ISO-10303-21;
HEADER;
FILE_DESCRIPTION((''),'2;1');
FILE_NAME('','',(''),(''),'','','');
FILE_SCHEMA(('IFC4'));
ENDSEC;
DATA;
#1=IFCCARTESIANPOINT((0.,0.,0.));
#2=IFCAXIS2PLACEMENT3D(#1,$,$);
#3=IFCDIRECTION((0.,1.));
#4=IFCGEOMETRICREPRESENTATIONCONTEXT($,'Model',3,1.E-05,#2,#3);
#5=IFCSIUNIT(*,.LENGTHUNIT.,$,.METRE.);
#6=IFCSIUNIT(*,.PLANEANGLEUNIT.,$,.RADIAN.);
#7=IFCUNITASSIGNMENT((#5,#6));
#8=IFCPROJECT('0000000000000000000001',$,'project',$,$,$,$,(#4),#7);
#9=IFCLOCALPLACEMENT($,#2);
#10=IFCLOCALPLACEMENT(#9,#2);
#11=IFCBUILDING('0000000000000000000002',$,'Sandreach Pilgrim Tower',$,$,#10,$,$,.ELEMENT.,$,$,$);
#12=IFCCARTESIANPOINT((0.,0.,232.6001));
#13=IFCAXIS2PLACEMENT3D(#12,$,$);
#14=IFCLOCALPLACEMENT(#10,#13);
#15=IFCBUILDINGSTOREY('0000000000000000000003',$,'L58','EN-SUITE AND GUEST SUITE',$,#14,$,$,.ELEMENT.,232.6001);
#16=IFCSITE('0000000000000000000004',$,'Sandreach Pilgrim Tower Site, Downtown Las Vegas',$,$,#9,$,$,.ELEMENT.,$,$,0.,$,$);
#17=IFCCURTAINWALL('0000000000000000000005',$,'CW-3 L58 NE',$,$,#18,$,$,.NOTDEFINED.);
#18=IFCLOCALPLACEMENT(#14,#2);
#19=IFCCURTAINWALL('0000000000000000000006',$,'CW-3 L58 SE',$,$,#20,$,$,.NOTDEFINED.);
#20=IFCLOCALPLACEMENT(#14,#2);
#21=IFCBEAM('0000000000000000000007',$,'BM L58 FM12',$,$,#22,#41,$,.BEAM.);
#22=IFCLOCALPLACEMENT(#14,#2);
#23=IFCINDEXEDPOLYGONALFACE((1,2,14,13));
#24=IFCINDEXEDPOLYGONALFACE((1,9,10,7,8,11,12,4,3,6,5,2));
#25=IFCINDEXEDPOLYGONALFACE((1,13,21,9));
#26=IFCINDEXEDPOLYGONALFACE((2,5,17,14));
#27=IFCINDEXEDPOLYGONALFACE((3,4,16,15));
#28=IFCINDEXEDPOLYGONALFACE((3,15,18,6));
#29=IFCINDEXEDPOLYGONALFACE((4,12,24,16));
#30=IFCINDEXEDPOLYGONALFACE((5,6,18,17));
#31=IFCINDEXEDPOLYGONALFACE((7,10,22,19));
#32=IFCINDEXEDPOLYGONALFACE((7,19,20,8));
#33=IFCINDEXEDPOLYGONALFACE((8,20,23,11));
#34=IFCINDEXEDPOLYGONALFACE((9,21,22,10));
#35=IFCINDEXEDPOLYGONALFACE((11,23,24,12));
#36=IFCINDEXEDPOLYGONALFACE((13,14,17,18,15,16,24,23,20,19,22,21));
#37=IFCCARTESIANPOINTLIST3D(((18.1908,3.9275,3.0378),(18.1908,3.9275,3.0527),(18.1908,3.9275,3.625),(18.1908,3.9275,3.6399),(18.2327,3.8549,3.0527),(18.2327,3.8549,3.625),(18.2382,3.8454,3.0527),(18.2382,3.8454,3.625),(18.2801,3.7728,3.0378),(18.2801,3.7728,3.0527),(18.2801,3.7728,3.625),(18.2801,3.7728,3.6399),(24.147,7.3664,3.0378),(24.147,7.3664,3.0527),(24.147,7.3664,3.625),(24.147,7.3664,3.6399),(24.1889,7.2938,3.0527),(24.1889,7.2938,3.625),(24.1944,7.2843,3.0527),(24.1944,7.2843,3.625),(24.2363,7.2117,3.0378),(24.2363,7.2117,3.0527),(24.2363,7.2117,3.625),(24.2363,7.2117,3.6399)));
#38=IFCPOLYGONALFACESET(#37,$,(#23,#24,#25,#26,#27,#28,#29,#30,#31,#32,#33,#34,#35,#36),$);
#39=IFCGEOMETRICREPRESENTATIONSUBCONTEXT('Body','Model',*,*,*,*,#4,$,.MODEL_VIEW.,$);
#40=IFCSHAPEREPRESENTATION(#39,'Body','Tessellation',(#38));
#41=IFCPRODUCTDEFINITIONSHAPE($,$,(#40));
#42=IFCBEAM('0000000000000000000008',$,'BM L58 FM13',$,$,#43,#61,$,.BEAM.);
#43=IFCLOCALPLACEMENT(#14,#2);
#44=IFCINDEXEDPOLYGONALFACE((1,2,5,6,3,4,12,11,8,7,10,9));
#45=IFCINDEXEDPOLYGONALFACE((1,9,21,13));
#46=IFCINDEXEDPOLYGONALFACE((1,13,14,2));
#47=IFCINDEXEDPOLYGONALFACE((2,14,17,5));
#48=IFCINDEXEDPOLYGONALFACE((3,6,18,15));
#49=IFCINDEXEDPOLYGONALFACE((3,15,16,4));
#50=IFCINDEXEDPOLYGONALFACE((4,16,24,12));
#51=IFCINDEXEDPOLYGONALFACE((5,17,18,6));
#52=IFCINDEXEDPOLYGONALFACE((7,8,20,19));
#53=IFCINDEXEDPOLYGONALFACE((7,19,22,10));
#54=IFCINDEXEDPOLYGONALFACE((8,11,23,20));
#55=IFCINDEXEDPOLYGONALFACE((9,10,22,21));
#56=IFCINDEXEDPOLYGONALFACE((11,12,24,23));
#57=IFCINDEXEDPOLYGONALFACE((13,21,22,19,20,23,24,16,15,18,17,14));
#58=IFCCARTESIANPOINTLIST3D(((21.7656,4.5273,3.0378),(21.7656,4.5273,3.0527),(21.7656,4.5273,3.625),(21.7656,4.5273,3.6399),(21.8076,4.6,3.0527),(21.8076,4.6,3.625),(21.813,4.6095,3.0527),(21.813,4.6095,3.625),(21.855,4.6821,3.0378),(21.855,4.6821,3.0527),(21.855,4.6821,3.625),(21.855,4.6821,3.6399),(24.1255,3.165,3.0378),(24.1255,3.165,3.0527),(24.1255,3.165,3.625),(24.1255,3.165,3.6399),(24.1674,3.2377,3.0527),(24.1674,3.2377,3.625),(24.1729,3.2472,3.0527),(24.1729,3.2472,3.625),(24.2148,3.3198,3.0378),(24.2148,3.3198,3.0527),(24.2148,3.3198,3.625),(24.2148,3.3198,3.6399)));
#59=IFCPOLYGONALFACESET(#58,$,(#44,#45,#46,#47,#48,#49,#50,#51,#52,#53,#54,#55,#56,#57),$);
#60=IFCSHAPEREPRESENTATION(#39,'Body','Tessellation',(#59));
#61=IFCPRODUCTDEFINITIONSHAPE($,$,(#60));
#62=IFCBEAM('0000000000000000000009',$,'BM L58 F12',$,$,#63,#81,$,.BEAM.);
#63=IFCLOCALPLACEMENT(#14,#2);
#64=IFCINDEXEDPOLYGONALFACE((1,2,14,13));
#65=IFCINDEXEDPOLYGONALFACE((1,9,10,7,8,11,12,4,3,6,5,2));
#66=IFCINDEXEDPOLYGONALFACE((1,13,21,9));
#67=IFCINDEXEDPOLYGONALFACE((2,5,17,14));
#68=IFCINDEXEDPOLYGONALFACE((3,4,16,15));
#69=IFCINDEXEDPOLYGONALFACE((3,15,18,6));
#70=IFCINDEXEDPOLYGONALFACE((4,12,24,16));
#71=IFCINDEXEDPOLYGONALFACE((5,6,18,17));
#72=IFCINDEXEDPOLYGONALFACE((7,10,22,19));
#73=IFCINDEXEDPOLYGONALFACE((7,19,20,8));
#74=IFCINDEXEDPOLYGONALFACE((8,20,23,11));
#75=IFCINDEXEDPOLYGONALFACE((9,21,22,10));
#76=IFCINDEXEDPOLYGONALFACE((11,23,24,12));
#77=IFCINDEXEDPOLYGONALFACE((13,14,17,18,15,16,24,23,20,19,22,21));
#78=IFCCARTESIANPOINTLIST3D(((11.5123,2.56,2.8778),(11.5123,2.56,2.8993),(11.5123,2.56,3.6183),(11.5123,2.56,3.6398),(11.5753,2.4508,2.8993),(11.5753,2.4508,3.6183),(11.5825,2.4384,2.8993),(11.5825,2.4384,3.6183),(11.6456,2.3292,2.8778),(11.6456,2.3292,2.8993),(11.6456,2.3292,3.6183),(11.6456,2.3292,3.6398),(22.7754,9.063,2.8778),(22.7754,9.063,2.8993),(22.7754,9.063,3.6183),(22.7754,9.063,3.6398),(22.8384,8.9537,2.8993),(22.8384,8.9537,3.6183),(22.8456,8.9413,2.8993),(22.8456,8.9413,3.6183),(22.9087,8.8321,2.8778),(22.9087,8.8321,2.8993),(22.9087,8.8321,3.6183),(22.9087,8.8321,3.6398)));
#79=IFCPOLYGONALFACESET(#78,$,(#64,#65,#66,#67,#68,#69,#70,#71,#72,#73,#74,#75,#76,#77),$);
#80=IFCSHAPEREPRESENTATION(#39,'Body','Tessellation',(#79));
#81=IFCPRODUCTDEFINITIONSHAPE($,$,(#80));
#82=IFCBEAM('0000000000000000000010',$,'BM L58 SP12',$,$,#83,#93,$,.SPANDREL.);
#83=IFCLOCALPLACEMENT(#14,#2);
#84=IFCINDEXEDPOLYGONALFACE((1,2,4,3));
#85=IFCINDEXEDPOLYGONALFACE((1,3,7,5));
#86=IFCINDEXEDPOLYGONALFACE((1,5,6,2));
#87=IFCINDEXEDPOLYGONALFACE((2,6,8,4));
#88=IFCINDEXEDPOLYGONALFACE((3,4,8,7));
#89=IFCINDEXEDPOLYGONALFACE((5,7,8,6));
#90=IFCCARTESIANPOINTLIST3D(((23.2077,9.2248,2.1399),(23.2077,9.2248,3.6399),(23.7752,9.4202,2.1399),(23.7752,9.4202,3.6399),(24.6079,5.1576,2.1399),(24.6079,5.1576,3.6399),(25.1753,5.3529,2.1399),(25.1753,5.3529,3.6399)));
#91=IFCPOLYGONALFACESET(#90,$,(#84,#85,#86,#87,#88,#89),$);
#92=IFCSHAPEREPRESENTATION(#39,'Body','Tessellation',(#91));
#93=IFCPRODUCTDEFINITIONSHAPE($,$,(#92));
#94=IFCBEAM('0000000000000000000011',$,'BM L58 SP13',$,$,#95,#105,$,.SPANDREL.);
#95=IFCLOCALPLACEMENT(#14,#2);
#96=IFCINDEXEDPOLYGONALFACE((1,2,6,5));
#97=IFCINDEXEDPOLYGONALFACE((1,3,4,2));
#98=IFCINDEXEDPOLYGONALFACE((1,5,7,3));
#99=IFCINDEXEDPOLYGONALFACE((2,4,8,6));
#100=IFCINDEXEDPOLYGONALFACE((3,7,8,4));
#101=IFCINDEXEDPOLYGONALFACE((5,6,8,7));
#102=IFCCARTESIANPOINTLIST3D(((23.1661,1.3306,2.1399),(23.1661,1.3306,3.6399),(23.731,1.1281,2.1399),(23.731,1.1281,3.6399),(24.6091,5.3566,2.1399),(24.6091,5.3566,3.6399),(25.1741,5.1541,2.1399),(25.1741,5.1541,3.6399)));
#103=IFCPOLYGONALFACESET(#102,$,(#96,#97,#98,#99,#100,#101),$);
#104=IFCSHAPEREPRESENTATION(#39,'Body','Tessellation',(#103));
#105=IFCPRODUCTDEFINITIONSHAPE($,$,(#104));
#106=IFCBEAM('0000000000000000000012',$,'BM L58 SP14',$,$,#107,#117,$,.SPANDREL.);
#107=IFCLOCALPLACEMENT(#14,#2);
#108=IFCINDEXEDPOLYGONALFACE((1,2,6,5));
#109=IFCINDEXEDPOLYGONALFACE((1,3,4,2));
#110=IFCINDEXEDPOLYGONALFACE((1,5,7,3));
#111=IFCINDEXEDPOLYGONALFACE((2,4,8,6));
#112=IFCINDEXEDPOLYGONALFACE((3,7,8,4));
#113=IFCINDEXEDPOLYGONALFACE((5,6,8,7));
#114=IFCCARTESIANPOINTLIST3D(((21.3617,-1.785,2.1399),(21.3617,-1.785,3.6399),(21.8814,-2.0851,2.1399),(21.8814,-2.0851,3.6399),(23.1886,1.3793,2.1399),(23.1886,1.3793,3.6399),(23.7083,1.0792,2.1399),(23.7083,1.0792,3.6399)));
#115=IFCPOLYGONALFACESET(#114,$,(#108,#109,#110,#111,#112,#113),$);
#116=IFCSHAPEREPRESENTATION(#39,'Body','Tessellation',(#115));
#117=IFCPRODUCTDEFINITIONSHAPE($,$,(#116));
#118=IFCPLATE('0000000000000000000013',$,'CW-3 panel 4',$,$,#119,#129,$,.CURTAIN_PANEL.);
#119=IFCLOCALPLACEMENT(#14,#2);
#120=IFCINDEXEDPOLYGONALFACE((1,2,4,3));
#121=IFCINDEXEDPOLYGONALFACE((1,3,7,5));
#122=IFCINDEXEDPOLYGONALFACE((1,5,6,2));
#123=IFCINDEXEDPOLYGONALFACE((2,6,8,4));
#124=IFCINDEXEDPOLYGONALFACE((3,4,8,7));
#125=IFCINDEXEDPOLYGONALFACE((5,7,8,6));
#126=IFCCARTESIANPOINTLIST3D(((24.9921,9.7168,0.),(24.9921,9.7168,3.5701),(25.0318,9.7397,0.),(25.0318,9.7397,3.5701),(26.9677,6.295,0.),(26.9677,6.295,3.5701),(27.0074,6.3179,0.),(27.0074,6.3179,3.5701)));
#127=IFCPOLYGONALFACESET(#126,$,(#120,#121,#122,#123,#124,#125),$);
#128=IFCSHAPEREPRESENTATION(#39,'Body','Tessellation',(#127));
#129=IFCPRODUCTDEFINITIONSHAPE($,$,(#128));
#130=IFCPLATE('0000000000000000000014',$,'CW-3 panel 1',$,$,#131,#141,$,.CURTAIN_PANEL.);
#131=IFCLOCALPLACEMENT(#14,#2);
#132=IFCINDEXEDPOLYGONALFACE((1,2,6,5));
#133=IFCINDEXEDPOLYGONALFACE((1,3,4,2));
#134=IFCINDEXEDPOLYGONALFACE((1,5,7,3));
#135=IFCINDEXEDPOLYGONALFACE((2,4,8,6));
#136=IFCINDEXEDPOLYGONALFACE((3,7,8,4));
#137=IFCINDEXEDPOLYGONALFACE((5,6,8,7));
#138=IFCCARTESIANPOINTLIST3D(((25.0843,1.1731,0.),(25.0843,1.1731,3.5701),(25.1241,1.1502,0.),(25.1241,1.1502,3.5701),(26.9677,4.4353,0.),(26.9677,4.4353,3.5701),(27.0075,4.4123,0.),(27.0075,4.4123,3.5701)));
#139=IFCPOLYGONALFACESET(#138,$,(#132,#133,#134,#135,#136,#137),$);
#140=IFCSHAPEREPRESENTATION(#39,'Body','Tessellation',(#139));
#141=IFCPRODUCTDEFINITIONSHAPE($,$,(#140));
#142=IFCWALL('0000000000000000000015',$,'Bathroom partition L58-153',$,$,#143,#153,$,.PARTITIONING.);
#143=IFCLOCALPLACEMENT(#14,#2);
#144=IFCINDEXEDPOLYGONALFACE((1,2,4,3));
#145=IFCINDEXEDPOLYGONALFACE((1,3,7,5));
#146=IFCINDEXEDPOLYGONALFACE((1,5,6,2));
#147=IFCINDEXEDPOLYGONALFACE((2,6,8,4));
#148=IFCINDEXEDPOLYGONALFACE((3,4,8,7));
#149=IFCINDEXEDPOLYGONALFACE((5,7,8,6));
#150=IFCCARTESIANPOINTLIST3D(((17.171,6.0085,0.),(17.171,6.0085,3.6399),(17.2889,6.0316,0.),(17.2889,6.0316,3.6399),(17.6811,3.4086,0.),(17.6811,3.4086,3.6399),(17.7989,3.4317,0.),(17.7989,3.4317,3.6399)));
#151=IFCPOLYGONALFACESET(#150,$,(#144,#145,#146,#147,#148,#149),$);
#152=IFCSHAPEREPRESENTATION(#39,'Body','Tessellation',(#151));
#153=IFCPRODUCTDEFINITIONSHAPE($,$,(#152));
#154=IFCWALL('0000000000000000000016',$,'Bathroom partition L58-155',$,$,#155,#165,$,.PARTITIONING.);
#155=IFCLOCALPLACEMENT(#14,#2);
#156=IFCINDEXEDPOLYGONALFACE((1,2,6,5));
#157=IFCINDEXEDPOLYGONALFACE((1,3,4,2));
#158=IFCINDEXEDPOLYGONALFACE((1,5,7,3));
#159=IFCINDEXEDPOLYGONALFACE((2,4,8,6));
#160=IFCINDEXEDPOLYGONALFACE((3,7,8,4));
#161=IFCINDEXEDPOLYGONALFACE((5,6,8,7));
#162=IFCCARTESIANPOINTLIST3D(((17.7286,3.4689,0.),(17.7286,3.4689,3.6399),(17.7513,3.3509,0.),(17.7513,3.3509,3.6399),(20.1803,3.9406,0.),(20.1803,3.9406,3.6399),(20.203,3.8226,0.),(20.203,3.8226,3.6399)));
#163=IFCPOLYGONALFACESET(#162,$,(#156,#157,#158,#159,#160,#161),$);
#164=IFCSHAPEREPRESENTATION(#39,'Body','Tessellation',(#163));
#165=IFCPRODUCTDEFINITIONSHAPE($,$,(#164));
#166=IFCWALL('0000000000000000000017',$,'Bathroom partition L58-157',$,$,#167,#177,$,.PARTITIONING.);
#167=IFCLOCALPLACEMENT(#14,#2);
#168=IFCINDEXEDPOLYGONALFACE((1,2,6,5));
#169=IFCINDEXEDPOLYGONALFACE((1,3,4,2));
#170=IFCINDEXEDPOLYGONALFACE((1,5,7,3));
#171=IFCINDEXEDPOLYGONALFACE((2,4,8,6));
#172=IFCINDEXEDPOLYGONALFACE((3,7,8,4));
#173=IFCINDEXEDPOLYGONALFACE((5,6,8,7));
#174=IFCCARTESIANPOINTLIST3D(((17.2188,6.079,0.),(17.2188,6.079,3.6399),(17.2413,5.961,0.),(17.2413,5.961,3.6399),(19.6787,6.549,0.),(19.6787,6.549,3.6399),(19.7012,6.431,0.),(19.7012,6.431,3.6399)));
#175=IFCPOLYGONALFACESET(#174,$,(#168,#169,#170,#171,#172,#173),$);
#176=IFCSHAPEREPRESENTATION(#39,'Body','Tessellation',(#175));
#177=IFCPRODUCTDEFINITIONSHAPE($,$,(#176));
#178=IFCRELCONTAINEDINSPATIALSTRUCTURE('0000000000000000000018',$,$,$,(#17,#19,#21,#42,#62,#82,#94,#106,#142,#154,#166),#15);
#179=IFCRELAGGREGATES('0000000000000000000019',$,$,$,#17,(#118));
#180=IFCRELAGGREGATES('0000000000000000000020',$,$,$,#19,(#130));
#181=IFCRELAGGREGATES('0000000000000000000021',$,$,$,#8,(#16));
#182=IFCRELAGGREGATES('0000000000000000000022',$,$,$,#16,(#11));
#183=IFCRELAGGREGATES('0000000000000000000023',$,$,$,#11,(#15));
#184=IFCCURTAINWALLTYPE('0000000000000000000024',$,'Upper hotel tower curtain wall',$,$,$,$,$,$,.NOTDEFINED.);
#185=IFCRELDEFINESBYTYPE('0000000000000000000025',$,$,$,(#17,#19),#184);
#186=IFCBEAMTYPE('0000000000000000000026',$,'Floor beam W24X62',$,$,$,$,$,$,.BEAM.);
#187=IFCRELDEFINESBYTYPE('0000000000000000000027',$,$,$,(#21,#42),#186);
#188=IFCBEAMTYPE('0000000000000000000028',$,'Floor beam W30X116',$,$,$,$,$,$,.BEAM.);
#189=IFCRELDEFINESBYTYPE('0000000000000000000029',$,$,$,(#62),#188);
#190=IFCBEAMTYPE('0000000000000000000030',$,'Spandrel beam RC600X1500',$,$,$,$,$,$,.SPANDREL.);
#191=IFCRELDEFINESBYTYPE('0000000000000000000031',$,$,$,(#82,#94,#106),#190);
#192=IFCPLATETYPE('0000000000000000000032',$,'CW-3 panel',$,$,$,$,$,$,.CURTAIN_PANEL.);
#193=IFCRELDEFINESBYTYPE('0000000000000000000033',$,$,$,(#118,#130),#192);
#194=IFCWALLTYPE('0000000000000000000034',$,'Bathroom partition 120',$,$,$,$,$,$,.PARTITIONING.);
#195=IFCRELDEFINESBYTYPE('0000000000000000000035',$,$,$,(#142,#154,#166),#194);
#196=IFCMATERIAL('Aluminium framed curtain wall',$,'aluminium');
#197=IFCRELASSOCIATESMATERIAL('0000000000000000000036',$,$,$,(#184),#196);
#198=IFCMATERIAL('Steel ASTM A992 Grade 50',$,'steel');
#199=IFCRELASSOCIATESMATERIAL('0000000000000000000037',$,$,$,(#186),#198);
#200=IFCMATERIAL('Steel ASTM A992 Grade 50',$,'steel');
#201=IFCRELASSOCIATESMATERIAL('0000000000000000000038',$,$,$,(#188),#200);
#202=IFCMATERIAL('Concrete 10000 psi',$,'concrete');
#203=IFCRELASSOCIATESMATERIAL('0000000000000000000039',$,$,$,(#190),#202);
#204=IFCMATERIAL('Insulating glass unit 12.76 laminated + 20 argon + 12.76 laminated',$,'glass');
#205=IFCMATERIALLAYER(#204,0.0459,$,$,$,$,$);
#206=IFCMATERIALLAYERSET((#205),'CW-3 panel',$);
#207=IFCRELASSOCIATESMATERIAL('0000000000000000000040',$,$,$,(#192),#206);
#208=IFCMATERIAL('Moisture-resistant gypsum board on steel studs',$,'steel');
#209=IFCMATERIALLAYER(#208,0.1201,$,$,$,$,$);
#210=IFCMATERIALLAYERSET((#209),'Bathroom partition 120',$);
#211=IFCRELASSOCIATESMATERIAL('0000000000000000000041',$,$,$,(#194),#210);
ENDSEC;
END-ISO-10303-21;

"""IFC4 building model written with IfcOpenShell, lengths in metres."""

from ifc_helpers import new_model, si_unit, direction, frame, frame_2d, origin, origin_2d, place, context, subcontext, project, spatial, rectangle, i_section, extrude, material, layer, layer_set, material_profile, profile_set, type_object, element, aggregate, save


model = new_model("IFC4")

# Units and contexts
model_context = context("Model", 3, precision=1e-05, world=origin(), true_north=direction((0.0, 1.0)))
body_context = subcontext(model_context, "Body", "Model", "MODEL_VIEW")
ifc_project = project(units=[si_unit("LENGTHUNIT", "METRE"), si_unit("PLANEANGLEUNIT", "RADIAN")], contexts=[model_context])

# Site, building, storey
site_placement = place(None, origin())
site = spatial("IfcSite", under=ifc_project, at=site_placement, Name="Sandreach Pilgrim Tower Site, Downtown Las Vegas", CompositionType="ELEMENT", RefElevation=0.0)
building_placement = place(site_placement, origin())
building = spatial("IfcBuilding", under=site, at=building_placement, Name="Sandreach Pilgrim Tower", CompositionType="ELEMENT")
storey_placement = place(building_placement, frame((0.0, 0.0, 232.6001)))
storey = spatial("IfcBuildingStorey", under=building, at=storey_placement, Name="L58", Description="EN-SUITE AND GUEST SUITE", CompositionType="ELEMENT", Elevation=232.6001)

# Curtain wall
ifc_material_1 = material(Name="Aluminium framed curtain wall", Category="aluminium")
curtain_wall_type = type_object("IfcCurtainWallType", Name="Upper hotel tower curtain wall", PredefinedType="NOTDEFINED", material=ifc_material_1)
curtain_wall_1_placement = place(storey_placement, origin())
curtain_wall_1 = element("IfcCurtainWall", 1, at=curtain_wall_1_placement, inside=storey, type_object=curtain_wall_type, Name="CW-3 L58 NE", PredefinedType="NOTDEFINED")

# Curtain wall
curtain_wall_2_placement = place(storey_placement, origin())
curtain_wall_2 = element("IfcCurtainWall", 2, at=curtain_wall_2_placement, inside=storey, type_object=curtain_wall_type, Name="CW-3 L58 SE", PredefinedType="NOTDEFINED")

# Beams
ifc_material_2 = material(Name="Steel ASTM A992 Grade 50", Category="steel")
ifc_material_profile_1 = material_profile(ifc_material_2, i_section(OverallWidth=0.1787, OverallDepth=0.6021, WebThickness=0.011, FlangeThickness=0.0149, at=origin_2d()), Name="W24X62")
ifc_profile_set_1 = profile_set([ifc_material_profile_1], Name="Steel ASTM A992 Grade 50")
beam_type_1 = type_object("IfcBeamType", Name="Floor beam W24X62", PredefinedType="BEAM", material=ifc_profile_set_1)
beam_1_placement = place(storey_placement, frame((24.1917, 7.2891, 3.3389), z_axis=(-0.866019, -0.50001, 0.0), x_axis=(0.50001, -0.866019, 0.0)))
element("IfcBeam", 3, at=beam_1_placement, inside=storey, type_object=beam_type_1, Name="BM L58 FM12", PredefinedType="BEAM", context=body_context, shape_type="SweptSolid", body=[
    extrude(i_section(OverallWidth=0.1787, OverallDepth=0.6021, WebThickness=0.011, FlangeThickness=0.0149, at=origin_2d()), origin(), (0.0, 0.0, 1.0), 6.8777),
])
beam_2_placement = place(storey_placement, frame((24.1702, 3.2424, 3.3389), z_axis=(-0.866051, 0.499955, 0.0), x_axis=(-0.499955, -0.866051, 0.0)))
element("IfcBeam", 4, at=beam_2_placement, inside=storey, type_object=beam_type_1, Name="BM L58 FM13", PredefinedType="BEAM", context=body_context, shape_type="SweptSolid", body=[
    extrude(i_section(OverallWidth=0.1787, OverallDepth=0.6021, WebThickness=0.011, FlangeThickness=0.0149, at=origin_2d()), origin(), (0.0, 0.0, 1.0), 2.7249),
])
ifc_material_3 = material(Name="Steel ASTM A992 Grade 50", Category="steel")
ifc_material_profile_2 = material_profile(ifc_material_3, i_section(OverallWidth=0.2666, OverallDepth=0.762, WebThickness=0.0144, FlangeThickness=0.0215, at=origin_2d()), Name="W30X116")
ifc_profile_set_2 = profile_set([ifc_material_profile_2], Name="Steel ASTM A992 Grade 50")
beam_type_2 = type_object("IfcBeamType", Name="Floor beam W30X116", PredefinedType="BEAM", material=ifc_profile_set_2)
beam_3_placement = place(storey_placement, frame((22.842, 8.9475, 3.2588), z_axis=(-0.866021, -0.500007, 0.0), x_axis=(0.500007, -0.866021, 0.0)))
element("IfcBeam", 5, at=beam_3_placement, inside=storey, type_object=beam_type_2, Name="BM L58 F12", PredefinedType="BEAM", context=body_context, shape_type="SweptSolid", body=[
    extrude(i_section(OverallWidth=0.2666, OverallDepth=0.762, WebThickness=0.0144, FlangeThickness=0.0215, at=origin_2d()), origin(), (0.0, 0.0, 1.0), 13.0056),
])
ifc_material_4 = material(Name="Concrete 10000 psi", Category="concrete")
ifc_material_profile_3 = material_profile(ifc_material_4, rectangle(XDim=0.6001, YDim=1.5, at=origin_2d()), Name="RC600X1500")
ifc_profile_set_3 = profile_set([ifc_material_profile_3], Name="Concrete 10000 psi")
beam_type_3 = type_object("IfcBeamType", Name="Spandrel beam RC600X1500", PredefinedType="SPANDREL", material=ifc_profile_set_3)
beam_4_placement = place(storey_placement, frame((23.4915, 9.3225, 2.8899), z_axis=(0.32551, -0.945539, 0.0), x_axis=(0.945539, 0.32551, 0.0)))
element("IfcBeam", 6, at=beam_4_placement, inside=storey, type_object=beam_type_3, Name="BM L58 SP12", PredefinedType="SPANDREL", context=body_context, shape_type="SweptSolid", body=[
    extrude(rectangle(XDim=0.6001, YDim=1.5, at=origin_2d()), origin(), (0.0, 0.0, 1.0), 4.3015),
])
beam_5_placement = place(storey_placement, frame((24.8916, 5.2554, 2.8899), z_axis=(-0.337417, -0.941355, 0.0), x_axis=(0.941355, -0.337417, 0.0)))
element("IfcBeam", 7, at=beam_5_placement, inside=storey, type_object=beam_type_3, Name="BM L58 SP13", PredefinedType="SPANDREL", context=body_context, shape_type="SweptSolid", body=[
    extrude(rectangle(XDim=0.6001, YDim=1.5, at=origin_2d()), origin(), (0.0, 0.0, 1.0), 4.2769),
])
beam_6_placement = place(storey_placement, frame((23.4485, 1.2292, 2.8899), z_axis=(-0.499998, -0.866026, 0.0), x_axis=(0.866026, -0.499998, 0.0)))
element("IfcBeam", 8, at=beam_6_placement, inside=storey, type_object=beam_type_3, Name="BM L58 SP14", PredefinedType="SPANDREL", context=body_context, shape_type="SweptSolid", body=[
    extrude(rectangle(XDim=0.6001, YDim=1.5, at=origin_2d()), origin(), (0.0, 0.0, 1.0), 3.6538),
])

# Plates
ifc_material_5 = material(Name="Insulating glass unit 12.76 laminated + 20 argon + 12.76 laminated", Category="glass")
ifc_layer_1 = layer(ifc_material_5, 0.0459)
ifc_layer_set_1 = layer_set([ifc_layer_1], Name="CW-3 panel")
plate_type = type_object("IfcPlateType", Name="CW-3 panel", PredefinedType="CURTAIN_PANEL", material=ifc_layer_set_1)
plate_1_placement = place(storey_placement, frame((25.9998, 8.0173, 0.0), z_axis=(0.0, 0.0, 1.0), x_axis=(0.5, -0.866025, 0.0)))
plate_1 = element("IfcPlate", 9, at=plate_1_placement, type_object=plate_type, Name="CW-3 panel 4", PredefinedType="CURTAIN_PANEL", context=body_context, shape_type="SweptSolid", body=[
    extrude(rectangle(XDim=3.9512, YDim=0.0459, at=origin_2d()), origin(), (0.0, 0.0, 1.0), 3.5701),
])
aggregate(curtain_wall_1, [plate_1])
plate_2_placement = place(storey_placement, frame((26.0459, 2.7927, 0.0), z_axis=(0.0, 0.0, 1.0), x_axis=(-0.5, -0.866025, 0.0)))
plate_2 = element("IfcPlate", 10, at=plate_2_placement, type_object=plate_type, Name="CW-3 panel 1", PredefinedType="CURTAIN_PANEL", context=body_context, shape_type="SweptSolid", body=[
    extrude(rectangle(XDim=3.7668, YDim=0.0459, at=origin_2d()), origin(), (0.0, 0.0, 1.0), 3.5701),
])
aggregate(curtain_wall_2, [plate_2])

# Walls
ifc_material_6 = material(Name="Moisture-resistant gypsum board on steel studs", Category="steel")
ifc_layer_2 = layer(ifc_material_6, 0.1201)
ifc_layer_set_2 = layer_set([ifc_layer_2], Name="Bathroom partition 120")
wall_type_1 = type_object("IfcWallType", Name="Bathroom partition 120", PredefinedType="PARTITIONING", material=ifc_layer_set_2)
wall_1_placement = place(storey_placement, frame((17.23, 6.02, 0.0), z_axis=(0.0, 0.0, 1.0), x_axis=(0.1925, -0.981297, 0.0)))
element("IfcWall", 11, at=wall_1_placement, inside=storey, type_object=wall_type_1, Name="Bathroom partition L58-153", PredefinedType="PARTITIONING", context=body_context, shape_type="SweptSolid", body=[
    extrude(rectangle(XDim=2.6494, YDim=0.1201, at=frame_2d((1.3247, 0.0))), origin(), (0.0, 0.0, 1.0), 3.6399),
])
wall_2_placement = place(storey_placement, frame((17.74, 3.4099, 0.0), z_axis=(0.0, 0.0, 1.0), x_axis=(0.981991, 0.188927, 0.0)))
element("IfcWall", 12, at=wall_2_placement, inside=storey, type_object=wall_type_1, Name="Bathroom partition L58-155", PredefinedType="PARTITIONING", context=body_context, shape_type="SweptSolid", body=[
    extrude(rectangle(XDim=2.4966, YDim=0.1201, at=frame_2d((1.2483, 0.0))), origin(), (0.0, 0.0, 1.0), 3.6399),
])
wall_3_placement = place(storey_placement, frame((19.6899, 6.49, 0.0), z_axis=(0.0, 0.0, 1.0), x_axis=(-0.982235, -0.187654, 0.0)))
element("IfcWall", 13, at=wall_3_placement, inside=storey, type_object=wall_type_1, Name="Bathroom partition L58-157", PredefinedType="PARTITIONING", context=body_context, shape_type="SweptSolid", body=[
    extrude(rectangle(XDim=2.5044, YDim=0.1201, at=frame_2d((1.2522, 0.0))), origin(), (0.0, 0.0, 1.0), 3.6399),
])

save(model, "model.ifc")
